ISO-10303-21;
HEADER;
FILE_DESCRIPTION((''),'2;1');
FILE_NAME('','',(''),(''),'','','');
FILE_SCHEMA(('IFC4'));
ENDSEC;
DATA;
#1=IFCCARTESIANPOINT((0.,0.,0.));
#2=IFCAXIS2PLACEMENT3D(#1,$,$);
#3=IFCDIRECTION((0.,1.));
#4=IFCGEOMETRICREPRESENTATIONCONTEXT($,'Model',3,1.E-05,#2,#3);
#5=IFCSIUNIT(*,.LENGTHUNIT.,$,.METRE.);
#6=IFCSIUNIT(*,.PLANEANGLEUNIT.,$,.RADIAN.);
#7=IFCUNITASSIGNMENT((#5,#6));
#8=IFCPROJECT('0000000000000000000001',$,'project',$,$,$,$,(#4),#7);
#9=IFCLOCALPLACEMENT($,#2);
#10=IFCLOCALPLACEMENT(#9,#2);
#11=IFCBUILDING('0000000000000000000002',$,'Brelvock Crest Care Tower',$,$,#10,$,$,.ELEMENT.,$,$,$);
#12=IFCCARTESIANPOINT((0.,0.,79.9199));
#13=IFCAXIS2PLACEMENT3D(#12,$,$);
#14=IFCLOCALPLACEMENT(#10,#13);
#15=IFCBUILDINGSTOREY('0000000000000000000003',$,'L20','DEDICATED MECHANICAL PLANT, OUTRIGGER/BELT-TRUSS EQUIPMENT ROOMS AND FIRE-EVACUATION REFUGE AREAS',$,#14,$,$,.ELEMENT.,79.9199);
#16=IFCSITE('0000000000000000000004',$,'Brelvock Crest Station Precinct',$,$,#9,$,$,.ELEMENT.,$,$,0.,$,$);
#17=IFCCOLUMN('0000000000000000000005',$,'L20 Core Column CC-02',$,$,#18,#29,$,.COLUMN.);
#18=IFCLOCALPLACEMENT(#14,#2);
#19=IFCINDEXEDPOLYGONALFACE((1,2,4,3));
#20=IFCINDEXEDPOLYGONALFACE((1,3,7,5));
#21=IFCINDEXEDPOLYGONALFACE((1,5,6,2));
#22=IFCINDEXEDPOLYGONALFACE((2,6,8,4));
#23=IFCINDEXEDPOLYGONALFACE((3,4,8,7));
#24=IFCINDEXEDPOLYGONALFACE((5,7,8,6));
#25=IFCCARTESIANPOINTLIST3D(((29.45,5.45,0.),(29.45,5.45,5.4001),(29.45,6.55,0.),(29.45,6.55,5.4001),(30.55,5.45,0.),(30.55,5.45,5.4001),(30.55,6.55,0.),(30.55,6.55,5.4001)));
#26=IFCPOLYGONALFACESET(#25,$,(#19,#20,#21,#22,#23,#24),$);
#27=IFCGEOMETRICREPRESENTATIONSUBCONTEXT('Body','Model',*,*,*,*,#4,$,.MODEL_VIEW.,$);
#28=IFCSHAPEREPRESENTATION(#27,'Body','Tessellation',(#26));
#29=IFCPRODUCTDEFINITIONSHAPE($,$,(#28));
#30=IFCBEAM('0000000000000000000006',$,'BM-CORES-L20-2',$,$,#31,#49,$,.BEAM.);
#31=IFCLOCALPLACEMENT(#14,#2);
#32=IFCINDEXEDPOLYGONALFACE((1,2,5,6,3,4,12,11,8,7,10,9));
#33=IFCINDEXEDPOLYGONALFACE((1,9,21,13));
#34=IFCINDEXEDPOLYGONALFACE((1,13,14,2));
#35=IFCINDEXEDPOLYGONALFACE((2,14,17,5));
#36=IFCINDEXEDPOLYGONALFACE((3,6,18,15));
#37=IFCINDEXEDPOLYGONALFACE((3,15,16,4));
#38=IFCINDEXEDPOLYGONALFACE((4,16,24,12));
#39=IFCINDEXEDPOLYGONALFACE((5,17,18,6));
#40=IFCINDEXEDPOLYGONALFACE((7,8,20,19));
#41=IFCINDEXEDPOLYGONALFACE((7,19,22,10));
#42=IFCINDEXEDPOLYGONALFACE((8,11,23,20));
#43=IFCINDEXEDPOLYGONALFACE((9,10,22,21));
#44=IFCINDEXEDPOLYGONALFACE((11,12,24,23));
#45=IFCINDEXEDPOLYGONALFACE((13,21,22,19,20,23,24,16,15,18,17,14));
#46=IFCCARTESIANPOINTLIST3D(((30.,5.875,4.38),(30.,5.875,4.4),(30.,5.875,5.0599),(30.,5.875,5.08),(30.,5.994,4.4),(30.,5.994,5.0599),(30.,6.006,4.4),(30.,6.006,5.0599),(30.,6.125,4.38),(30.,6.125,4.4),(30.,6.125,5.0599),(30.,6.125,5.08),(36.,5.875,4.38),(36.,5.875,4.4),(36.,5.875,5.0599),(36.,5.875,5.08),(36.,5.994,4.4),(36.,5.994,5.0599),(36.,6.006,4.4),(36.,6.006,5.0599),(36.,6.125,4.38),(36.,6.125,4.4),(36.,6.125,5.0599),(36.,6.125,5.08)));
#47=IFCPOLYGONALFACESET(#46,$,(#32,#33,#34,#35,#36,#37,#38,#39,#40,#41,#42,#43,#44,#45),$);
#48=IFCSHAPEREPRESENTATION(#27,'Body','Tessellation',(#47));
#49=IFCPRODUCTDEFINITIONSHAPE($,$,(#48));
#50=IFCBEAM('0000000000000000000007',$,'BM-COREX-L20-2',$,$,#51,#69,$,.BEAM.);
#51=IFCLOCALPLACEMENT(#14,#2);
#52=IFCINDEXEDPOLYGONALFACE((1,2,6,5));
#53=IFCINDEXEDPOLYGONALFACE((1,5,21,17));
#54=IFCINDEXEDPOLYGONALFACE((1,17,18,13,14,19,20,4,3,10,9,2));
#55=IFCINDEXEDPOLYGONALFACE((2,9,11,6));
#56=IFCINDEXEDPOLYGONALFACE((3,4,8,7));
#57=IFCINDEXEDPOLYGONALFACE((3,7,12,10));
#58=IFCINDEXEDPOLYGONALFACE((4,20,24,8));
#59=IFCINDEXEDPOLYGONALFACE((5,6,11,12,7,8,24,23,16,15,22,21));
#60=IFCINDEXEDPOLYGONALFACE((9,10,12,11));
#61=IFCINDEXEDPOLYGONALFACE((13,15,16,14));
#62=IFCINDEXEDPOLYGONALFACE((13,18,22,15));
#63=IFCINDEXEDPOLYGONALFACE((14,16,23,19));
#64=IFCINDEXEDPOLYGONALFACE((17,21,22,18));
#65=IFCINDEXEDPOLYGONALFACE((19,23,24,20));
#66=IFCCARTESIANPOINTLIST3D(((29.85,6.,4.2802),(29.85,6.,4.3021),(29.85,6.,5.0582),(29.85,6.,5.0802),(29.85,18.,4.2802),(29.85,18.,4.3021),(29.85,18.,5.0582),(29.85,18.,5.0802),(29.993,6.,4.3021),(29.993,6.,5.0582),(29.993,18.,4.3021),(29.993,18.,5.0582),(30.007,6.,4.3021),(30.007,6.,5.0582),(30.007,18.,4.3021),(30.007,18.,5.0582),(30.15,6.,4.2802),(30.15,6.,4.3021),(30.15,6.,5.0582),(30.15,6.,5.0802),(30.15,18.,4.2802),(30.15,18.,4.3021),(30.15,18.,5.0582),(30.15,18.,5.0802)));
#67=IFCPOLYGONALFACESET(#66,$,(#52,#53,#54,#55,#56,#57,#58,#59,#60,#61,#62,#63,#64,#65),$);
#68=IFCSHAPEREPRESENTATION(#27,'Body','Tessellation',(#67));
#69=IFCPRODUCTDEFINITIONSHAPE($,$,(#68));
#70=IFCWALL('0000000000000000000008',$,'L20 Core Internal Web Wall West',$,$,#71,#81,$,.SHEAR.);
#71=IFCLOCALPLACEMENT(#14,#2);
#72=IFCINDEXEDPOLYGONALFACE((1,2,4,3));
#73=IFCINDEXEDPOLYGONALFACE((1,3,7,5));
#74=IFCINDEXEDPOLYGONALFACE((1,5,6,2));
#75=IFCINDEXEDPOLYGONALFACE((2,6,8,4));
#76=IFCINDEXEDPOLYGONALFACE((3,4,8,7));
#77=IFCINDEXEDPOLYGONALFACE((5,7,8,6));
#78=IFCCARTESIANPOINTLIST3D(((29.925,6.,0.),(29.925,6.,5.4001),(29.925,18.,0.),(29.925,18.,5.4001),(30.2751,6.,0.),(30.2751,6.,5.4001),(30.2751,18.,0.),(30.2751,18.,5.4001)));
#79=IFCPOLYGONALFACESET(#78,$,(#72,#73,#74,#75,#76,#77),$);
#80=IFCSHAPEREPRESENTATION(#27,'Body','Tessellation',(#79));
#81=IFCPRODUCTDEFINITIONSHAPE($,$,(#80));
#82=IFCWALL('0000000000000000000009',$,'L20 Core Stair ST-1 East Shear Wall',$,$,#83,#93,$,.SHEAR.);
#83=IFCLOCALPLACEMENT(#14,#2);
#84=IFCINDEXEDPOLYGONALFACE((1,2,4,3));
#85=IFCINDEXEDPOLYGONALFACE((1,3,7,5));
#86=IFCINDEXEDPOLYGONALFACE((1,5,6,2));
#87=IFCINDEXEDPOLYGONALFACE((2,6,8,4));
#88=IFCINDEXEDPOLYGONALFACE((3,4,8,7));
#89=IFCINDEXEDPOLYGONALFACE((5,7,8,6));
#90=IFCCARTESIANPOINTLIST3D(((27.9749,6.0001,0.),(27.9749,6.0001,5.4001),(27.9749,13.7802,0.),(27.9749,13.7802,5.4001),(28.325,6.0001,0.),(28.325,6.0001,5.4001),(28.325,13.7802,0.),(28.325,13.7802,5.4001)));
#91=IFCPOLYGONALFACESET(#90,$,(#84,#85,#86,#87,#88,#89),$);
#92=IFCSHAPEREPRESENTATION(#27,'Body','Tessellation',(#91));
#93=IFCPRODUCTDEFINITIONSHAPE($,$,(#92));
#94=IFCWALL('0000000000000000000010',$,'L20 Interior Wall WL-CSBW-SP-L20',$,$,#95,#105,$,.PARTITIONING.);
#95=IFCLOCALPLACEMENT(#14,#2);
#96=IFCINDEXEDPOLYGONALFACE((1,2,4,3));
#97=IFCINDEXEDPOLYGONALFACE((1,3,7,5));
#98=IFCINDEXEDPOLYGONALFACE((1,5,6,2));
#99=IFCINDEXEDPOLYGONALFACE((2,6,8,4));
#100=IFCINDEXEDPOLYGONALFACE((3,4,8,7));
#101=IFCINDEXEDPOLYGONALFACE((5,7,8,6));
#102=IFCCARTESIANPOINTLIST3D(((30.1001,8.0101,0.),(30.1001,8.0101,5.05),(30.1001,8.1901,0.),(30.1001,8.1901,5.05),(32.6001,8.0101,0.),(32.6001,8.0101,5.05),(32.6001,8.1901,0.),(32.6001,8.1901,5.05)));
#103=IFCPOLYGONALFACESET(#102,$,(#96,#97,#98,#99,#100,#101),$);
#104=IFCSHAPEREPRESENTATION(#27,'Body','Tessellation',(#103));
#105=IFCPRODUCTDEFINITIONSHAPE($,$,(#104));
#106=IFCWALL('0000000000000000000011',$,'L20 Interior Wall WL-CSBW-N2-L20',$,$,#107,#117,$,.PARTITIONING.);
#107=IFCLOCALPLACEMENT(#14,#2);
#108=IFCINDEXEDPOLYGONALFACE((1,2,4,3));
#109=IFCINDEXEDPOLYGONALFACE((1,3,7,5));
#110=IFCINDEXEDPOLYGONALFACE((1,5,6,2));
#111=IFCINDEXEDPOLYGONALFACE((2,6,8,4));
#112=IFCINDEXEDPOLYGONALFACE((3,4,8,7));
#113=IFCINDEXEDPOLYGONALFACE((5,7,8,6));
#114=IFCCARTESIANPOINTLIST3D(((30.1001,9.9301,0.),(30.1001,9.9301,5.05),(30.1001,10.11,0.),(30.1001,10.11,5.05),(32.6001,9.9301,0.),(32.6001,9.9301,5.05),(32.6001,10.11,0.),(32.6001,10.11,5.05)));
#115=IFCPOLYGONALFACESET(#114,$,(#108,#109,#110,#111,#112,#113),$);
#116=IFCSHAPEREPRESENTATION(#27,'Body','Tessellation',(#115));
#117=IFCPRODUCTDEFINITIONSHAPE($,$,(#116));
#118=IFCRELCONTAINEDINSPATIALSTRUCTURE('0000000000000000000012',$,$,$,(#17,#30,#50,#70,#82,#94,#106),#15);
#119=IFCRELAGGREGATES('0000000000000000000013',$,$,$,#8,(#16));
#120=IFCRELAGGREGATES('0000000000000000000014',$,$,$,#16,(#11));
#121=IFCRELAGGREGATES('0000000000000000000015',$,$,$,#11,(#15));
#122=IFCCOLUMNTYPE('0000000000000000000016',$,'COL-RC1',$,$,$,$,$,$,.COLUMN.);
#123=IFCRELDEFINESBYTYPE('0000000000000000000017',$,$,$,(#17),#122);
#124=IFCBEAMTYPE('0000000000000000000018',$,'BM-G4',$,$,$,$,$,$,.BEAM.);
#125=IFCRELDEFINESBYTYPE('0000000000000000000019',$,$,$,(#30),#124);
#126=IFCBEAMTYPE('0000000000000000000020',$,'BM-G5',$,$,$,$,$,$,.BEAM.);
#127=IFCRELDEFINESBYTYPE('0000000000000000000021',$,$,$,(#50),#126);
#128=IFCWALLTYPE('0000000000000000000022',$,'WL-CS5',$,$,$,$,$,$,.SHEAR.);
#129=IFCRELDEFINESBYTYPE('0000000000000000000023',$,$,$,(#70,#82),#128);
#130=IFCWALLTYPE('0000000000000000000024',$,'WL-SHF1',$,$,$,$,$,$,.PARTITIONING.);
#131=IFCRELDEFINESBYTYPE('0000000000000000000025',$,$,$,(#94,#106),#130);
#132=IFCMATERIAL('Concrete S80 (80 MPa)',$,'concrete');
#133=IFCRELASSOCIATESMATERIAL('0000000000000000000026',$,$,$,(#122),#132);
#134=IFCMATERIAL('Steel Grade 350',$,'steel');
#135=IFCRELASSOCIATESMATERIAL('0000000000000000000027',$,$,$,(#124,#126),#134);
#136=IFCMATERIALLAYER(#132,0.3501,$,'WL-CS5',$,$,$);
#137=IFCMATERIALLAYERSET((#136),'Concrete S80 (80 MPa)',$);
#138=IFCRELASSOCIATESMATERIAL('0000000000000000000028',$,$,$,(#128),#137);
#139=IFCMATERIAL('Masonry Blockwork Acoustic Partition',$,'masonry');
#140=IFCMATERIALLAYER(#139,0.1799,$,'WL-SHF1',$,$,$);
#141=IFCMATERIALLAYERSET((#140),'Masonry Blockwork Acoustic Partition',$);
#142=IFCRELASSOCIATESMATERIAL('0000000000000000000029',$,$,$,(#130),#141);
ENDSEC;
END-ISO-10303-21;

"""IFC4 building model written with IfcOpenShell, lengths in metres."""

from ifc_helpers import new_model, si_unit, direction, frame, frame_2d, origin, origin_2d, place, context, subcontext, project, spatial, rectangle, i_section, extrude, source, transform, mapped, material, layer, layer_set, material_profile, profile_set, type_object, element, save


model = new_model("IFC4")

# Units and contexts
model_context = context("Model", 3, precision=1e-05, world=origin(), true_north=direction((0.0, 1.0)))
body_context = subcontext(model_context, "Body", "Model", "MODEL_VIEW")
ifc_project = project(units=[si_unit("LENGTHUNIT", "METRE"), si_unit("PLANEANGLEUNIT", "RADIAN")], contexts=[model_context])

# Site, building, storey
site_placement = place(None, origin())
site = spatial("IfcSite", under=ifc_project, at=site_placement, Name="Brelvock Crest Station Precinct", CompositionType="ELEMENT", RefElevation=0.0)
building_placement = place(site_placement, origin())
building = spatial("IfcBuilding", under=site, at=building_placement, Name="Brelvock Crest Care Tower", CompositionType="ELEMENT")
storey_placement = place(building_placement, frame((0.0, 0.0, 79.9199)))
storey = spatial("IfcBuildingStorey", under=building, at=storey_placement, Name="L20", Description="DEDICATED MECHANICAL PLANT, OUTRIGGER/BELT-TRUSS EQUIPMENT ROOMS AND FIRE-EVACUATION REFUGE AREAS", CompositionType="ELEMENT", Elevation=79.9199)

# Column
ifc_material_1 = material(Name="Concrete S80 (80 MPa)", Category="concrete")
ifc_material_profile_1 = material_profile(ifc_material_1, rectangle(XDim=1.1001, YDim=1.1001, at=origin_2d()), Name="RC1100x1100")
ifc_profile_set_1 = profile_set([ifc_material_profile_1], Name="Concrete S80 (80 MPa)")
column_type = type_object("IfcColumnType", Name="COL-RC1", PredefinedType="COLUMN", material=ifc_profile_set_1)
shared_shape_1 = source(origin(), body_context, "Body", "SweptSolid", [
    extrude(rectangle(XDim=1.1001, YDim=1.1001, at=origin_2d()), origin(), (0.0, 0.0, 1.0), 5.4001),
])
column_placement = place(storey_placement, frame((30.0, 6.0, 0.0), z_axis=(0.0, 0.0, 1.0), x_axis=(1.0, 0.0, 0.0)))
element("IfcColumn", 1, at=column_placement, inside=storey, type_object=column_type, Name="L20 Core Column CC-02", PredefinedType="COLUMN", context=body_context, shape_type="MappedRepresentation", body=[
    mapped(shared_shape_1, transform((0.0, 0.0, 0.0), x_axis=(1.0, 0.0, 0.0), y_axis=(0.0, 1.0, 0.0), z_axis=(0.0, 0.0, 1.0), scale=1.0)),
])

# Beams
ifc_material_2 = material(Name="Steel Grade 350", Category="steel")
ifc_material_profile_2 = material_profile(ifc_material_2, i_section(OverallWidth=0.25, OverallDepth=0.7, WebThickness=0.012, FlangeThickness=0.02, at=origin_2d()), Name="700WB150")
ifc_profile_set_2 = profile_set([ifc_material_profile_2], Name="Steel Grade 350")
beam_type_1 = type_object("IfcBeamType", Name="BM-G4", PredefinedType="BEAM", material=ifc_profile_set_2)
shared_shape_2 = source(origin(), body_context, "Body", "SweptSolid", [
    extrude(i_section(OverallWidth=0.25, OverallDepth=0.7, WebThickness=0.012, FlangeThickness=0.02, at=origin_2d()), origin(), (0.0, 0.0, 1.0), 6.0),
])
beam_1_placement = place(storey_placement, frame((30.0, 6.0, 4.73), z_axis=(1.0, 0.0, 0.0), x_axis=(0.0, 1.0, 0.0)))
element("IfcBeam", 2, at=beam_1_placement, inside=storey, type_object=beam_type_1, Name="BM-CORES-L20-2", PredefinedType="BEAM", context=body_context, shape_type="MappedRepresentation", body=[
    mapped(shared_shape_2, transform((0.0, 0.0, 0.0), x_axis=(1.0, 0.0, 0.0), y_axis=(0.0, 1.0, 0.0), z_axis=(0.0, 0.0, 1.0), scale=1.0)),
])
ifc_material_profile_3 = material_profile(ifc_material_2, i_section(OverallWidth=0.3, OverallDepth=0.8, WebThickness=0.0139, FlangeThickness=0.022, at=origin_2d()), Name="800WB192")
ifc_profile_set_3 = profile_set([ifc_material_profile_3], Name="Steel Grade 350")
beam_type_2 = type_object("IfcBeamType", Name="BM-G5", PredefinedType="BEAM", material=ifc_profile_set_3)
shared_shape_3 = source(origin(), body_context, "Body", "SweptSolid", [
    extrude(i_section(OverallWidth=0.3, OverallDepth=0.8, WebThickness=0.0139, FlangeThickness=0.022, at=origin_2d()), origin(), (0.0, 0.0, 1.0), 12.0),
])
beam_2_placement = place(storey_placement, frame((30.0, 6.0, 4.6802), z_axis=(0.0, 1.0, 0.0), x_axis=(-1.0, 0.0, 0.0)))
element("IfcBeam", 3, at=beam_2_placement, inside=storey, type_object=beam_type_2, Name="BM-COREX-L20-2", PredefinedType="BEAM", context=body_context, shape_type="MappedRepresentation", body=[
    mapped(shared_shape_3, transform((0.0, 0.0, 0.0), x_axis=(1.0, 0.0, 0.0), y_axis=(0.0, 1.0, 0.0), z_axis=(0.0, 0.0, 1.0), scale=1.0)),
])

# Walls
ifc_layer_1 = layer(ifc_material_1, 0.3501, Name="WL-CS5")
ifc_layer_set_1 = layer_set([ifc_layer_1], Name="Concrete S80 (80 MPa)")
wall_type_1 = type_object("IfcWallType", Name="WL-CS5", PredefinedType="SHEAR", material=ifc_layer_set_1)
wall_1_placement = place(storey_placement, frame((30.1001, 6.0, 0.0), z_axis=(0.0, 0.0, 1.0), x_axis=(0.0, 1.0, 0.0)))
element("IfcWall", 4, at=wall_1_placement, inside=storey, type_object=wall_type_1, Name="L20 Core Internal Web Wall West", PredefinedType="SHEAR", context=body_context, shape_type="SweptSolid", body=[
    extrude(rectangle(XDim=12.0, YDim=0.3501, at=frame_2d((6.0, 0.0))), origin(), (0.0, 0.0, 1.0), 5.4001),
])
wall_2_placement = place(storey_placement, frame((28.1499, 6.0, 0.0), z_axis=(0.0, 0.0, 1.0), x_axis=(0.0, 1.0, 0.0)))
element("IfcWall", 5, at=wall_2_placement, inside=storey, type_object=wall_type_1, Name="L20 Core Stair ST-1 East Shear Wall", PredefinedType="SHEAR", context=body_context, shape_type="SweptSolid", body=[
    extrude(rectangle(XDim=7.78, YDim=0.3501, at=frame_2d((3.8901, 0.0))), origin(), (0.0, 0.0, 1.0), 5.4001),
])
ifc_material_3 = material(Name="Masonry Blockwork Acoustic Partition", Category="masonry")
ifc_layer_2 = layer(ifc_material_3, 0.1799, Name="WL-SHF1")
ifc_layer_set_2 = layer_set([ifc_layer_2], Name="Masonry Blockwork Acoustic Partition")
wall_type_2 = type_object("IfcWallType", Name="WL-SHF1", PredefinedType="PARTITIONING", material=ifc_layer_set_2)
for number, where, z_axis, x_axis, name in (
    (6, (30.1001, 8.1001, 0.0), (0.0, 0.0, 1.0), (1.0, 0.0, 0.0), "L20 Interior Wall WL-CSBW-SP-L20"),
    (7, (30.1001, 10.02, 0.0), (0.0, 0.0, 1.0), (1.0, 0.0, 0.0), "L20 Interior Wall WL-CSBW-N2-L20"),
):
    element("IfcWall", number, at=place(storey_placement, frame(where, z_axis=z_axis, x_axis=x_axis)), inside=storey, type_object=wall_type_2, Name=name, PredefinedType="PARTITIONING", context=body_context, shape_type="SweptSolid", body=[
        extrude(rectangle(XDim=2.5, YDim=0.1799, at=frame_2d((1.25, 0.0))), origin(), (0.0, 0.0, 1.0), 5.05),
    ])

save(model, "model.ifc")
